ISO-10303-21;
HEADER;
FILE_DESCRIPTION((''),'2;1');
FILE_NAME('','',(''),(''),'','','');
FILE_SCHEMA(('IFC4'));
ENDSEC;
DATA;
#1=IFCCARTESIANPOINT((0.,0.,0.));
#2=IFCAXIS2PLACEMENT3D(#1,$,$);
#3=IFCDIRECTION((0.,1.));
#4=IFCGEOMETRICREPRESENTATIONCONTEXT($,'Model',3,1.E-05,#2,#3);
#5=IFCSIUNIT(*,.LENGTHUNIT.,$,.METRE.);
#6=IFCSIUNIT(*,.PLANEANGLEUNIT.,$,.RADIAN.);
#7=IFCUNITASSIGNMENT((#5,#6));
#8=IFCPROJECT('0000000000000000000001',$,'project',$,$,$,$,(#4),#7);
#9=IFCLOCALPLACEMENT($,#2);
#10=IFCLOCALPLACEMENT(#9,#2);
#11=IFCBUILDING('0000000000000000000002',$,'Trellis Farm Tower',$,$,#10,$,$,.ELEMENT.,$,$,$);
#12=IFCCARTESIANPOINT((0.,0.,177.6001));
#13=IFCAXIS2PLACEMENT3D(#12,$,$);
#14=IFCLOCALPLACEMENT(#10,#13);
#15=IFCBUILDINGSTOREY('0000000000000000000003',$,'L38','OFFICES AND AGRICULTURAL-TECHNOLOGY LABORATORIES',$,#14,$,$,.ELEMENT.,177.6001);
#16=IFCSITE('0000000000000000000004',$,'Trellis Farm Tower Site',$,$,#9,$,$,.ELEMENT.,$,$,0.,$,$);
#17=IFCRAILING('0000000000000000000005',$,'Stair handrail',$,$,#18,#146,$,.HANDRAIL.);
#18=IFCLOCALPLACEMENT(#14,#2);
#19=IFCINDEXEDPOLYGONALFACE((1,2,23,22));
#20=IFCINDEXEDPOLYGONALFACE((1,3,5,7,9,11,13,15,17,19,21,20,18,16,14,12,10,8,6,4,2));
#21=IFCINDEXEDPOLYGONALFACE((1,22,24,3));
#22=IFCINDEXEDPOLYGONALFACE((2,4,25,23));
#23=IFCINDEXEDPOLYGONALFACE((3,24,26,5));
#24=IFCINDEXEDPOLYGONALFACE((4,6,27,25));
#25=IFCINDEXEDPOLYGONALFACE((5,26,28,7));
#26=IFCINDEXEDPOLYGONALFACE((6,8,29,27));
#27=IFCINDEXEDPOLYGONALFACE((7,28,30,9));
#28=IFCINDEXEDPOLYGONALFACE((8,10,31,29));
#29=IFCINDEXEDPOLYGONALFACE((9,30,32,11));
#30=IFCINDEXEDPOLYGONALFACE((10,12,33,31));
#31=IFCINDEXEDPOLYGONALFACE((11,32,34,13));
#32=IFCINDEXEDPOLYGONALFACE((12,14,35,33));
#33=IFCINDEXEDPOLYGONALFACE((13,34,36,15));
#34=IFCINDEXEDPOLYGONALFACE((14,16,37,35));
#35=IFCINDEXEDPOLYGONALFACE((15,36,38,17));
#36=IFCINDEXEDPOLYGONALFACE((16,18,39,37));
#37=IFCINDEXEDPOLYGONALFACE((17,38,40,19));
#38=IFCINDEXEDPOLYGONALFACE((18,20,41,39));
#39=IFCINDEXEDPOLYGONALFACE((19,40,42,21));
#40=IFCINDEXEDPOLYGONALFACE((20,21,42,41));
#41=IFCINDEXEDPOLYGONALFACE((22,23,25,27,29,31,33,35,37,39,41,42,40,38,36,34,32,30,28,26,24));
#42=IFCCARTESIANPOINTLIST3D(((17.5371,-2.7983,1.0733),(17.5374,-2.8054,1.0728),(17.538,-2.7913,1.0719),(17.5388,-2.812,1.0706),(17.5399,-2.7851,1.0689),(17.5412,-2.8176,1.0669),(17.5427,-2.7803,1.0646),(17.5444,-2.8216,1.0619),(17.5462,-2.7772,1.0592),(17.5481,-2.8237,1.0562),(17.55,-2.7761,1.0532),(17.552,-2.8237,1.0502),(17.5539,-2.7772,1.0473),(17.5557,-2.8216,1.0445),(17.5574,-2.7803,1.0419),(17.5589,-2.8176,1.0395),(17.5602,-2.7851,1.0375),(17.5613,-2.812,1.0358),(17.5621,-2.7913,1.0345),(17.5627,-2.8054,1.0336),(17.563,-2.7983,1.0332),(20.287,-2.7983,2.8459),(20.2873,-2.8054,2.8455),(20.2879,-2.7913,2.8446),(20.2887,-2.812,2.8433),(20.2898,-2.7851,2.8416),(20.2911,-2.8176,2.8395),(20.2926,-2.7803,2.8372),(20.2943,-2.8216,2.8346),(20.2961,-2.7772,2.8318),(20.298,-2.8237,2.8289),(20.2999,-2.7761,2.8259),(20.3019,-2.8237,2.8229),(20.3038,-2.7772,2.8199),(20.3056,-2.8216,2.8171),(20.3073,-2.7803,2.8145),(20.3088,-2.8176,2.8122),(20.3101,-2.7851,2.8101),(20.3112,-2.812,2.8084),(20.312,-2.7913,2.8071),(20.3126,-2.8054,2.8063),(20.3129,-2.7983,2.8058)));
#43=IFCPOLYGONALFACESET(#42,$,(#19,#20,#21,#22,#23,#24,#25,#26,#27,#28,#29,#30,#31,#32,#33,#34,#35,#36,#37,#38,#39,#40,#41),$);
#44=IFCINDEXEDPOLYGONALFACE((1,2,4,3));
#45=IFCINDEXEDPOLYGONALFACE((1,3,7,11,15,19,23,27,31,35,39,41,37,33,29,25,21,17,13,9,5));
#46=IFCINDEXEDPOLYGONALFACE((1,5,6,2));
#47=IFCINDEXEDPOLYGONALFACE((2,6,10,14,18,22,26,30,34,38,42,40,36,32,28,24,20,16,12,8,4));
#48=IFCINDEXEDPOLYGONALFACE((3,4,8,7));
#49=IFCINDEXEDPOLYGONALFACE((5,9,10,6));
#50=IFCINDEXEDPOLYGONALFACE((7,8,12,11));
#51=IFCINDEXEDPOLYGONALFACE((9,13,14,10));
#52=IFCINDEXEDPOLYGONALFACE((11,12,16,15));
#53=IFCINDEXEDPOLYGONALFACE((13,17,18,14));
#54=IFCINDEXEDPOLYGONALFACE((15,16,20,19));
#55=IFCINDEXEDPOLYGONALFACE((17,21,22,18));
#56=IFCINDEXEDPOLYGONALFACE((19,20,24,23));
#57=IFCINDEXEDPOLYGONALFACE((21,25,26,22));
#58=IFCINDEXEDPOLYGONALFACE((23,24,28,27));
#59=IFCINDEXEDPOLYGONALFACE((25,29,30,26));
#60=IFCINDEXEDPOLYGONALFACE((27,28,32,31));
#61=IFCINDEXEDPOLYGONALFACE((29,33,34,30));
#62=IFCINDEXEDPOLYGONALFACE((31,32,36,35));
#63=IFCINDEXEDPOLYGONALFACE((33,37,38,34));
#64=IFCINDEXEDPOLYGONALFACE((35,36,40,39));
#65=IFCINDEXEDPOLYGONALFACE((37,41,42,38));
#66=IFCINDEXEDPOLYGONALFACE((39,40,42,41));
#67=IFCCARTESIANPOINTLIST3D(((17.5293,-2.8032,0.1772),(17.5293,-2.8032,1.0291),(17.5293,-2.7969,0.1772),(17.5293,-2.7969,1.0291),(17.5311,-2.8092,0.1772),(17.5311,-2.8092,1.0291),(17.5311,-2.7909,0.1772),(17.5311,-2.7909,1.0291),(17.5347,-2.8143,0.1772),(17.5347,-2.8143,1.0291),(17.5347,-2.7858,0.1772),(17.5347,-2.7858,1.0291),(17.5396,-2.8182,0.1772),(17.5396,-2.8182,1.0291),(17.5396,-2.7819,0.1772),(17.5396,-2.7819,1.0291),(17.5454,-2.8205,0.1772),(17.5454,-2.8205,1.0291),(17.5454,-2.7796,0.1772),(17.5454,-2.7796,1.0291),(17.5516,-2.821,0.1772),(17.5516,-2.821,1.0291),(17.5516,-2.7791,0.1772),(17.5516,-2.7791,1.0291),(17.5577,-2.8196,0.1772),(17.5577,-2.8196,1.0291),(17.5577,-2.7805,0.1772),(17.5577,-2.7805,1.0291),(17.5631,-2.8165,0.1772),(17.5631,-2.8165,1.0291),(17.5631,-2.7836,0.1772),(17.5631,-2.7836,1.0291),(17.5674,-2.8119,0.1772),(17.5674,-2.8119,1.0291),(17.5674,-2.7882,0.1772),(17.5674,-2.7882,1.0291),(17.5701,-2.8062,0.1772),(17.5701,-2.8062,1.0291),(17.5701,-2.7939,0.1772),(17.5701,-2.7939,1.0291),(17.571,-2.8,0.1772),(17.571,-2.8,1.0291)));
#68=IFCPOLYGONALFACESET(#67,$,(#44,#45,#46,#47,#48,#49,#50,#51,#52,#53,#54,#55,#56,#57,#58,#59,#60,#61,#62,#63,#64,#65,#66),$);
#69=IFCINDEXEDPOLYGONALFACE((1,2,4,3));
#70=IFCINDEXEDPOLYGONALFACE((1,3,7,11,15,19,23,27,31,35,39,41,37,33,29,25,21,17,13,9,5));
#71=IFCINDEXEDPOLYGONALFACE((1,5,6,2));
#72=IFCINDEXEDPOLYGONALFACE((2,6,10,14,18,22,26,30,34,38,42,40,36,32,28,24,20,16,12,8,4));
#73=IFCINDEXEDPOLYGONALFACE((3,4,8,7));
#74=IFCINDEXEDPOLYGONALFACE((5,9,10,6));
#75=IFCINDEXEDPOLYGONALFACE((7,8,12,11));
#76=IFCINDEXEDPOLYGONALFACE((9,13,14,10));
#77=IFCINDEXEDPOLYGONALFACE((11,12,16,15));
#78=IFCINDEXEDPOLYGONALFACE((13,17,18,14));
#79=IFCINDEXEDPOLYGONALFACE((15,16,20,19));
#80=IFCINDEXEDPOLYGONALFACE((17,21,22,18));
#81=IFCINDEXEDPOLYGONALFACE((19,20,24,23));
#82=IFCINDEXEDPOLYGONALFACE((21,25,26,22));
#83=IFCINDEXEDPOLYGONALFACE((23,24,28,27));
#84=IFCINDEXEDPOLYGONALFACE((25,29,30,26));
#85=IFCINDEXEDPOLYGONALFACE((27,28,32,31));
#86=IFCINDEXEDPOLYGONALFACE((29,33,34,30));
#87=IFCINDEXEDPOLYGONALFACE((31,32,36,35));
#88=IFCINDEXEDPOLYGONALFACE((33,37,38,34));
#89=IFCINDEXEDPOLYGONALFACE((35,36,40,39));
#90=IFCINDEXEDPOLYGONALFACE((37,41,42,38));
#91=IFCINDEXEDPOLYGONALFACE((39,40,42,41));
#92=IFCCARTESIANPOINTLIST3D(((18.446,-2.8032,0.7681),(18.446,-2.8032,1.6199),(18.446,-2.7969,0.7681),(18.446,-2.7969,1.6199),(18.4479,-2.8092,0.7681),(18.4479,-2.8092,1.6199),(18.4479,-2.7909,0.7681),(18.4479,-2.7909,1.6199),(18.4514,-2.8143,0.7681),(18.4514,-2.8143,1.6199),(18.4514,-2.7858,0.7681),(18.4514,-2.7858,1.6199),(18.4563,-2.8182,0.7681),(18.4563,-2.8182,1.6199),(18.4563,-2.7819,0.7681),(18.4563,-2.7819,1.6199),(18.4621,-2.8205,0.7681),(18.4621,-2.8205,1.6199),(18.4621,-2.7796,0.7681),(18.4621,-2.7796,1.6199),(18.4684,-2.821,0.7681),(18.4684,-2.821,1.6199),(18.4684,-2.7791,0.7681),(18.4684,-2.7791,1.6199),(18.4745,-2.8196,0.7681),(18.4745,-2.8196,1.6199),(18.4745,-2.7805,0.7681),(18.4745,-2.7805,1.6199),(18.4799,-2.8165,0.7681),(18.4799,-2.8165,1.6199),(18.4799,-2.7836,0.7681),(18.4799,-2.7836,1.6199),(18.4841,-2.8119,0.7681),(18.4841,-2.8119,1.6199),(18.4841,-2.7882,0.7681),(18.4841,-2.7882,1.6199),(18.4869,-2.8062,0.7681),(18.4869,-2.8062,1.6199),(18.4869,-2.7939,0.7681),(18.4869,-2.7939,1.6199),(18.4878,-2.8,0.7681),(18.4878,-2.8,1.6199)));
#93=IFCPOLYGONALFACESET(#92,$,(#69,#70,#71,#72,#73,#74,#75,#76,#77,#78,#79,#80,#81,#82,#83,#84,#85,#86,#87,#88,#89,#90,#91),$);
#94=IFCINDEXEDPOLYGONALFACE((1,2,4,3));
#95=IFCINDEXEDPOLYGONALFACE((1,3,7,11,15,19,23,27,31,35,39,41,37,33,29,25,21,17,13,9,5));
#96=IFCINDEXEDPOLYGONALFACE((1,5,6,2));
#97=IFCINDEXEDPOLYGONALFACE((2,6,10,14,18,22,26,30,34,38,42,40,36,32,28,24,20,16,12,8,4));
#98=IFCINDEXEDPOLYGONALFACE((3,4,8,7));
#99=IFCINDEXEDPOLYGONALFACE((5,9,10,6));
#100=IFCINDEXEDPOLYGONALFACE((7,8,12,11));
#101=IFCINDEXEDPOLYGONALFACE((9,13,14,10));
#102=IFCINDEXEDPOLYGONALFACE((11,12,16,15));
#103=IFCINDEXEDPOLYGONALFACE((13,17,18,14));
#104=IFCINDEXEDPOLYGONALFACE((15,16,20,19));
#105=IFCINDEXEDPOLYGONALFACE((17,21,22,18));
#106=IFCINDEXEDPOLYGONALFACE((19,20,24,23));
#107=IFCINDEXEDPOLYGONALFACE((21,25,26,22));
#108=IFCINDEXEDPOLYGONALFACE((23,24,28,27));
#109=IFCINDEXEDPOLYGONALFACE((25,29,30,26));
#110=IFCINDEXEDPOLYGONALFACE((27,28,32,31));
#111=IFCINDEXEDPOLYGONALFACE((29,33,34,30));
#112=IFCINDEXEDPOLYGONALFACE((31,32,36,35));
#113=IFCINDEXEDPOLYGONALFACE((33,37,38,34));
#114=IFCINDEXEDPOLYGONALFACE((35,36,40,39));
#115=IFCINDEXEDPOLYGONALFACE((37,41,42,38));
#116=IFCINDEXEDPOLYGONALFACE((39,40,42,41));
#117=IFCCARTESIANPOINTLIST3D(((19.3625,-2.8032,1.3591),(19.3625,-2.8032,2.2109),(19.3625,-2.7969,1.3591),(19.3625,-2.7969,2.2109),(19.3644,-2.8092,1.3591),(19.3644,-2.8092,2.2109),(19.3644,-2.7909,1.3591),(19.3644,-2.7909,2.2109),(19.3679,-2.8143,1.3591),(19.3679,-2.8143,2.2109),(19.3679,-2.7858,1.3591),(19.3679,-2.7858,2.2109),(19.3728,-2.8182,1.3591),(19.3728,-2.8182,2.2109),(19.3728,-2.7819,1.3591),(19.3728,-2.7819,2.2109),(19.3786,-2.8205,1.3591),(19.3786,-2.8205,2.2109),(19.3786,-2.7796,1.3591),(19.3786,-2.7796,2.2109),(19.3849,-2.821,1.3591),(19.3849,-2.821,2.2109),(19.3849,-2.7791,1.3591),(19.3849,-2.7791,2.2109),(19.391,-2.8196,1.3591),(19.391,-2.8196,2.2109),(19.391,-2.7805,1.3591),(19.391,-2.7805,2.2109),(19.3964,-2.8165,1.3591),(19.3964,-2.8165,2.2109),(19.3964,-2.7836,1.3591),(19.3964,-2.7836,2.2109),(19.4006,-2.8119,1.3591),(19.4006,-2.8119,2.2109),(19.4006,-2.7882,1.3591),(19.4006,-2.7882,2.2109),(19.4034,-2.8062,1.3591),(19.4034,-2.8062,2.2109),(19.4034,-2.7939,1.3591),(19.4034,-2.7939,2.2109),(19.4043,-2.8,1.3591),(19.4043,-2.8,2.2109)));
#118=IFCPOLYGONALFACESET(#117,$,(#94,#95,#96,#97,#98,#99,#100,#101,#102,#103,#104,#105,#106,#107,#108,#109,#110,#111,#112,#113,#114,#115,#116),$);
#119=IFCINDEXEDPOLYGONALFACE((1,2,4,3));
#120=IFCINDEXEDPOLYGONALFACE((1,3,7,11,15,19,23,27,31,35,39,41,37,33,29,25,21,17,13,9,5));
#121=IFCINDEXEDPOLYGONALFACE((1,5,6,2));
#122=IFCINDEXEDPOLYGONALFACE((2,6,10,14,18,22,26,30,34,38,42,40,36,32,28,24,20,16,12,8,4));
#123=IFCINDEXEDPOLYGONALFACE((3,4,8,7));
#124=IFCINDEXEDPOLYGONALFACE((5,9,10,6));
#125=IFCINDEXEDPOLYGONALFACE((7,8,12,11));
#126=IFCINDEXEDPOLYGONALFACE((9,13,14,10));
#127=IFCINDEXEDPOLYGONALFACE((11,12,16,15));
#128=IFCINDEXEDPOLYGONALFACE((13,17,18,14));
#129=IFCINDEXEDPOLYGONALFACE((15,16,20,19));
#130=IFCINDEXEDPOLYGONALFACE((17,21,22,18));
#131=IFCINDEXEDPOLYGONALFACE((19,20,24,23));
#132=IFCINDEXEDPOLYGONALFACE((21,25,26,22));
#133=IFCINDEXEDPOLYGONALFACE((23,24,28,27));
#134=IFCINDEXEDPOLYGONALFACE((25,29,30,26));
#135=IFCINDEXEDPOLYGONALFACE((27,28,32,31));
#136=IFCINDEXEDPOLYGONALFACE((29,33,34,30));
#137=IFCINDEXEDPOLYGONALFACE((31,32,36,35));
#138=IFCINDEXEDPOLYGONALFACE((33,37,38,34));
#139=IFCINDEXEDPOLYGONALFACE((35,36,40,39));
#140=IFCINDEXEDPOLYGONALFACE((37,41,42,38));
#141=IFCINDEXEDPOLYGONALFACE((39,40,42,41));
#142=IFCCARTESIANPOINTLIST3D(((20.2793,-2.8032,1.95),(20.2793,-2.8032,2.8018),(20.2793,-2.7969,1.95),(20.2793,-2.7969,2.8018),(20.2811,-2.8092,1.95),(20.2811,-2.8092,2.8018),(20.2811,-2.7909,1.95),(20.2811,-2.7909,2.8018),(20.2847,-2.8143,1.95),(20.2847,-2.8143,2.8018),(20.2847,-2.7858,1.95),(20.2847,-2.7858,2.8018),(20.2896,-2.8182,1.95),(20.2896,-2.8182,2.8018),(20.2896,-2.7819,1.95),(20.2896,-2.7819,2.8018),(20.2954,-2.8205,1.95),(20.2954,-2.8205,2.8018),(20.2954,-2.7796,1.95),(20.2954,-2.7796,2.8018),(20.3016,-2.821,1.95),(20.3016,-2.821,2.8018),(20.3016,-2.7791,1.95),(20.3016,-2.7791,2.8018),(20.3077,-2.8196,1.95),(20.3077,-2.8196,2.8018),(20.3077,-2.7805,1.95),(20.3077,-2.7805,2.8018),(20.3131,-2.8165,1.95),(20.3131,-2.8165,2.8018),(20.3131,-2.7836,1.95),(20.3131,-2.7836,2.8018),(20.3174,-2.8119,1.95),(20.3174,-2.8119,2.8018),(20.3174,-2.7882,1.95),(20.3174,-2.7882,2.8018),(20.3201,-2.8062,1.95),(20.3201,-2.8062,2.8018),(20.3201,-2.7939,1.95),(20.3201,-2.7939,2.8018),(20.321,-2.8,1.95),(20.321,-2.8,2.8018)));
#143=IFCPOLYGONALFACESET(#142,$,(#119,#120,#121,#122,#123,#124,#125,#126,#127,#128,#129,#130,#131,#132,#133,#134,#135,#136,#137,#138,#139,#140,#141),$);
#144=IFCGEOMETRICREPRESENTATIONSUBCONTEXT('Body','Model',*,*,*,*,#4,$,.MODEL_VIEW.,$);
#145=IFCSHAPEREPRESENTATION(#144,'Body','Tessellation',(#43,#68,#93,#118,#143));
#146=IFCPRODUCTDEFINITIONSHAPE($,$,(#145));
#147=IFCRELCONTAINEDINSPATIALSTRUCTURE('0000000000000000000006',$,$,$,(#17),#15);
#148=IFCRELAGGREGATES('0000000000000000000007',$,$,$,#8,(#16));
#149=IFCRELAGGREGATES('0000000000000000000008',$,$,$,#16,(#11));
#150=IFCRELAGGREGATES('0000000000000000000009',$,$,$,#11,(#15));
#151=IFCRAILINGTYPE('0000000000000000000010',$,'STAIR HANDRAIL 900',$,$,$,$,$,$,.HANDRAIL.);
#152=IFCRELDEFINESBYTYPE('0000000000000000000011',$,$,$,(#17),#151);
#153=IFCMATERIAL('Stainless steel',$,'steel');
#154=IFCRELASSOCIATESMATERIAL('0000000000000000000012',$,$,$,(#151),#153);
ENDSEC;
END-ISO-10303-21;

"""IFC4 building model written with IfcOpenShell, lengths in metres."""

from ifc_helpers import new_model, si_unit, direction, frame, origin, origin_2d, place, context, subcontext, project, spatial, circle, extrude, source, transform, mapped, material, type_object, element, save


model = new_model("IFC4")

# Units and contexts
model_context = context("Model", 3, precision=1e-05, world=origin(), true_north=direction((0.0, 1.0)))
body_context = subcontext(model_context, "Body", "Model", "MODEL_VIEW")
ifc_project = project(units=[si_unit("LENGTHUNIT", "METRE"), si_unit("PLANEANGLEUNIT", "RADIAN")], contexts=[model_context])

# Site, building, storey
site_placement = place(None, origin())
site = spatial("IfcSite", under=ifc_project, at=site_placement, Name="Trellis Farm Tower Site", CompositionType="ELEMENT", RefElevation=0.0)
building_placement = place(site_placement, origin())
building = spatial("IfcBuilding", under=site, at=building_placement, Name="Trellis Farm Tower", CompositionType="ELEMENT")
storey_placement = place(building_placement, frame((0.0, 0.0, 177.6001)))
storey = spatial("IfcBuildingStorey", under=building, at=storey_placement, Name="L38", Description="OFFICES AND AGRICULTURAL-TECHNOLOGY LABORATORIES", CompositionType="ELEMENT", Elevation=177.6001)

# Railing
ifc_material_1 = material(Name="Stainless steel", Category="steel")
railing_type = type_object("IfcRailingType", Name="STAIR HANDRAIL 900", PredefinedType="HANDRAIL", material=ifc_material_1)
shared_shape_1 = source(origin(), body_context, "Body", "SweptSolid", [
    extrude(circle(Radius=0.0239, at=origin_2d()), frame((0.0, 0.0, 0.876), z_axis=(0.840504, 0.0, 0.541806), x_axis=(0.0, 1.0, 0.0)), (0.0, 0.0, 1.0), 3.2717),
    extrude(circle(Radius=0.021, at=origin_2d()), origin(), (0.0, 0.0, 1.0), 0.8518),
    extrude(circle(Radius=0.021, at=origin_2d()), frame((0.9167, 0.0, 0.5908)), (0.0, 0.0, 1.0), 0.8518),
    extrude(circle(Radius=0.021, at=origin_2d()), frame((1.8333, 0.0, 1.1819)), (0.0, 0.0, 1.0), 0.8518),
    extrude(circle(Radius=0.021, at=origin_2d()), frame((2.75, 0.0, 1.7727)), (0.0, 0.0, 1.0), 0.8518),
])
for number, where, name in (
    (1, (17.55, -2.8, 0.1772), "Stair handrail"),
):
    element("IfcRailing", number, at=place(storey_placement, frame(where)), inside=storey, type_object=railing_type, Name=name, PredefinedType="HANDRAIL", context=body_context, shape_type="MappedRepresentation", body=[
        mapped(shared_shape_1, transform((0.0, 0.0, 0.0))),
    ])

save(model, "model.ifc")
